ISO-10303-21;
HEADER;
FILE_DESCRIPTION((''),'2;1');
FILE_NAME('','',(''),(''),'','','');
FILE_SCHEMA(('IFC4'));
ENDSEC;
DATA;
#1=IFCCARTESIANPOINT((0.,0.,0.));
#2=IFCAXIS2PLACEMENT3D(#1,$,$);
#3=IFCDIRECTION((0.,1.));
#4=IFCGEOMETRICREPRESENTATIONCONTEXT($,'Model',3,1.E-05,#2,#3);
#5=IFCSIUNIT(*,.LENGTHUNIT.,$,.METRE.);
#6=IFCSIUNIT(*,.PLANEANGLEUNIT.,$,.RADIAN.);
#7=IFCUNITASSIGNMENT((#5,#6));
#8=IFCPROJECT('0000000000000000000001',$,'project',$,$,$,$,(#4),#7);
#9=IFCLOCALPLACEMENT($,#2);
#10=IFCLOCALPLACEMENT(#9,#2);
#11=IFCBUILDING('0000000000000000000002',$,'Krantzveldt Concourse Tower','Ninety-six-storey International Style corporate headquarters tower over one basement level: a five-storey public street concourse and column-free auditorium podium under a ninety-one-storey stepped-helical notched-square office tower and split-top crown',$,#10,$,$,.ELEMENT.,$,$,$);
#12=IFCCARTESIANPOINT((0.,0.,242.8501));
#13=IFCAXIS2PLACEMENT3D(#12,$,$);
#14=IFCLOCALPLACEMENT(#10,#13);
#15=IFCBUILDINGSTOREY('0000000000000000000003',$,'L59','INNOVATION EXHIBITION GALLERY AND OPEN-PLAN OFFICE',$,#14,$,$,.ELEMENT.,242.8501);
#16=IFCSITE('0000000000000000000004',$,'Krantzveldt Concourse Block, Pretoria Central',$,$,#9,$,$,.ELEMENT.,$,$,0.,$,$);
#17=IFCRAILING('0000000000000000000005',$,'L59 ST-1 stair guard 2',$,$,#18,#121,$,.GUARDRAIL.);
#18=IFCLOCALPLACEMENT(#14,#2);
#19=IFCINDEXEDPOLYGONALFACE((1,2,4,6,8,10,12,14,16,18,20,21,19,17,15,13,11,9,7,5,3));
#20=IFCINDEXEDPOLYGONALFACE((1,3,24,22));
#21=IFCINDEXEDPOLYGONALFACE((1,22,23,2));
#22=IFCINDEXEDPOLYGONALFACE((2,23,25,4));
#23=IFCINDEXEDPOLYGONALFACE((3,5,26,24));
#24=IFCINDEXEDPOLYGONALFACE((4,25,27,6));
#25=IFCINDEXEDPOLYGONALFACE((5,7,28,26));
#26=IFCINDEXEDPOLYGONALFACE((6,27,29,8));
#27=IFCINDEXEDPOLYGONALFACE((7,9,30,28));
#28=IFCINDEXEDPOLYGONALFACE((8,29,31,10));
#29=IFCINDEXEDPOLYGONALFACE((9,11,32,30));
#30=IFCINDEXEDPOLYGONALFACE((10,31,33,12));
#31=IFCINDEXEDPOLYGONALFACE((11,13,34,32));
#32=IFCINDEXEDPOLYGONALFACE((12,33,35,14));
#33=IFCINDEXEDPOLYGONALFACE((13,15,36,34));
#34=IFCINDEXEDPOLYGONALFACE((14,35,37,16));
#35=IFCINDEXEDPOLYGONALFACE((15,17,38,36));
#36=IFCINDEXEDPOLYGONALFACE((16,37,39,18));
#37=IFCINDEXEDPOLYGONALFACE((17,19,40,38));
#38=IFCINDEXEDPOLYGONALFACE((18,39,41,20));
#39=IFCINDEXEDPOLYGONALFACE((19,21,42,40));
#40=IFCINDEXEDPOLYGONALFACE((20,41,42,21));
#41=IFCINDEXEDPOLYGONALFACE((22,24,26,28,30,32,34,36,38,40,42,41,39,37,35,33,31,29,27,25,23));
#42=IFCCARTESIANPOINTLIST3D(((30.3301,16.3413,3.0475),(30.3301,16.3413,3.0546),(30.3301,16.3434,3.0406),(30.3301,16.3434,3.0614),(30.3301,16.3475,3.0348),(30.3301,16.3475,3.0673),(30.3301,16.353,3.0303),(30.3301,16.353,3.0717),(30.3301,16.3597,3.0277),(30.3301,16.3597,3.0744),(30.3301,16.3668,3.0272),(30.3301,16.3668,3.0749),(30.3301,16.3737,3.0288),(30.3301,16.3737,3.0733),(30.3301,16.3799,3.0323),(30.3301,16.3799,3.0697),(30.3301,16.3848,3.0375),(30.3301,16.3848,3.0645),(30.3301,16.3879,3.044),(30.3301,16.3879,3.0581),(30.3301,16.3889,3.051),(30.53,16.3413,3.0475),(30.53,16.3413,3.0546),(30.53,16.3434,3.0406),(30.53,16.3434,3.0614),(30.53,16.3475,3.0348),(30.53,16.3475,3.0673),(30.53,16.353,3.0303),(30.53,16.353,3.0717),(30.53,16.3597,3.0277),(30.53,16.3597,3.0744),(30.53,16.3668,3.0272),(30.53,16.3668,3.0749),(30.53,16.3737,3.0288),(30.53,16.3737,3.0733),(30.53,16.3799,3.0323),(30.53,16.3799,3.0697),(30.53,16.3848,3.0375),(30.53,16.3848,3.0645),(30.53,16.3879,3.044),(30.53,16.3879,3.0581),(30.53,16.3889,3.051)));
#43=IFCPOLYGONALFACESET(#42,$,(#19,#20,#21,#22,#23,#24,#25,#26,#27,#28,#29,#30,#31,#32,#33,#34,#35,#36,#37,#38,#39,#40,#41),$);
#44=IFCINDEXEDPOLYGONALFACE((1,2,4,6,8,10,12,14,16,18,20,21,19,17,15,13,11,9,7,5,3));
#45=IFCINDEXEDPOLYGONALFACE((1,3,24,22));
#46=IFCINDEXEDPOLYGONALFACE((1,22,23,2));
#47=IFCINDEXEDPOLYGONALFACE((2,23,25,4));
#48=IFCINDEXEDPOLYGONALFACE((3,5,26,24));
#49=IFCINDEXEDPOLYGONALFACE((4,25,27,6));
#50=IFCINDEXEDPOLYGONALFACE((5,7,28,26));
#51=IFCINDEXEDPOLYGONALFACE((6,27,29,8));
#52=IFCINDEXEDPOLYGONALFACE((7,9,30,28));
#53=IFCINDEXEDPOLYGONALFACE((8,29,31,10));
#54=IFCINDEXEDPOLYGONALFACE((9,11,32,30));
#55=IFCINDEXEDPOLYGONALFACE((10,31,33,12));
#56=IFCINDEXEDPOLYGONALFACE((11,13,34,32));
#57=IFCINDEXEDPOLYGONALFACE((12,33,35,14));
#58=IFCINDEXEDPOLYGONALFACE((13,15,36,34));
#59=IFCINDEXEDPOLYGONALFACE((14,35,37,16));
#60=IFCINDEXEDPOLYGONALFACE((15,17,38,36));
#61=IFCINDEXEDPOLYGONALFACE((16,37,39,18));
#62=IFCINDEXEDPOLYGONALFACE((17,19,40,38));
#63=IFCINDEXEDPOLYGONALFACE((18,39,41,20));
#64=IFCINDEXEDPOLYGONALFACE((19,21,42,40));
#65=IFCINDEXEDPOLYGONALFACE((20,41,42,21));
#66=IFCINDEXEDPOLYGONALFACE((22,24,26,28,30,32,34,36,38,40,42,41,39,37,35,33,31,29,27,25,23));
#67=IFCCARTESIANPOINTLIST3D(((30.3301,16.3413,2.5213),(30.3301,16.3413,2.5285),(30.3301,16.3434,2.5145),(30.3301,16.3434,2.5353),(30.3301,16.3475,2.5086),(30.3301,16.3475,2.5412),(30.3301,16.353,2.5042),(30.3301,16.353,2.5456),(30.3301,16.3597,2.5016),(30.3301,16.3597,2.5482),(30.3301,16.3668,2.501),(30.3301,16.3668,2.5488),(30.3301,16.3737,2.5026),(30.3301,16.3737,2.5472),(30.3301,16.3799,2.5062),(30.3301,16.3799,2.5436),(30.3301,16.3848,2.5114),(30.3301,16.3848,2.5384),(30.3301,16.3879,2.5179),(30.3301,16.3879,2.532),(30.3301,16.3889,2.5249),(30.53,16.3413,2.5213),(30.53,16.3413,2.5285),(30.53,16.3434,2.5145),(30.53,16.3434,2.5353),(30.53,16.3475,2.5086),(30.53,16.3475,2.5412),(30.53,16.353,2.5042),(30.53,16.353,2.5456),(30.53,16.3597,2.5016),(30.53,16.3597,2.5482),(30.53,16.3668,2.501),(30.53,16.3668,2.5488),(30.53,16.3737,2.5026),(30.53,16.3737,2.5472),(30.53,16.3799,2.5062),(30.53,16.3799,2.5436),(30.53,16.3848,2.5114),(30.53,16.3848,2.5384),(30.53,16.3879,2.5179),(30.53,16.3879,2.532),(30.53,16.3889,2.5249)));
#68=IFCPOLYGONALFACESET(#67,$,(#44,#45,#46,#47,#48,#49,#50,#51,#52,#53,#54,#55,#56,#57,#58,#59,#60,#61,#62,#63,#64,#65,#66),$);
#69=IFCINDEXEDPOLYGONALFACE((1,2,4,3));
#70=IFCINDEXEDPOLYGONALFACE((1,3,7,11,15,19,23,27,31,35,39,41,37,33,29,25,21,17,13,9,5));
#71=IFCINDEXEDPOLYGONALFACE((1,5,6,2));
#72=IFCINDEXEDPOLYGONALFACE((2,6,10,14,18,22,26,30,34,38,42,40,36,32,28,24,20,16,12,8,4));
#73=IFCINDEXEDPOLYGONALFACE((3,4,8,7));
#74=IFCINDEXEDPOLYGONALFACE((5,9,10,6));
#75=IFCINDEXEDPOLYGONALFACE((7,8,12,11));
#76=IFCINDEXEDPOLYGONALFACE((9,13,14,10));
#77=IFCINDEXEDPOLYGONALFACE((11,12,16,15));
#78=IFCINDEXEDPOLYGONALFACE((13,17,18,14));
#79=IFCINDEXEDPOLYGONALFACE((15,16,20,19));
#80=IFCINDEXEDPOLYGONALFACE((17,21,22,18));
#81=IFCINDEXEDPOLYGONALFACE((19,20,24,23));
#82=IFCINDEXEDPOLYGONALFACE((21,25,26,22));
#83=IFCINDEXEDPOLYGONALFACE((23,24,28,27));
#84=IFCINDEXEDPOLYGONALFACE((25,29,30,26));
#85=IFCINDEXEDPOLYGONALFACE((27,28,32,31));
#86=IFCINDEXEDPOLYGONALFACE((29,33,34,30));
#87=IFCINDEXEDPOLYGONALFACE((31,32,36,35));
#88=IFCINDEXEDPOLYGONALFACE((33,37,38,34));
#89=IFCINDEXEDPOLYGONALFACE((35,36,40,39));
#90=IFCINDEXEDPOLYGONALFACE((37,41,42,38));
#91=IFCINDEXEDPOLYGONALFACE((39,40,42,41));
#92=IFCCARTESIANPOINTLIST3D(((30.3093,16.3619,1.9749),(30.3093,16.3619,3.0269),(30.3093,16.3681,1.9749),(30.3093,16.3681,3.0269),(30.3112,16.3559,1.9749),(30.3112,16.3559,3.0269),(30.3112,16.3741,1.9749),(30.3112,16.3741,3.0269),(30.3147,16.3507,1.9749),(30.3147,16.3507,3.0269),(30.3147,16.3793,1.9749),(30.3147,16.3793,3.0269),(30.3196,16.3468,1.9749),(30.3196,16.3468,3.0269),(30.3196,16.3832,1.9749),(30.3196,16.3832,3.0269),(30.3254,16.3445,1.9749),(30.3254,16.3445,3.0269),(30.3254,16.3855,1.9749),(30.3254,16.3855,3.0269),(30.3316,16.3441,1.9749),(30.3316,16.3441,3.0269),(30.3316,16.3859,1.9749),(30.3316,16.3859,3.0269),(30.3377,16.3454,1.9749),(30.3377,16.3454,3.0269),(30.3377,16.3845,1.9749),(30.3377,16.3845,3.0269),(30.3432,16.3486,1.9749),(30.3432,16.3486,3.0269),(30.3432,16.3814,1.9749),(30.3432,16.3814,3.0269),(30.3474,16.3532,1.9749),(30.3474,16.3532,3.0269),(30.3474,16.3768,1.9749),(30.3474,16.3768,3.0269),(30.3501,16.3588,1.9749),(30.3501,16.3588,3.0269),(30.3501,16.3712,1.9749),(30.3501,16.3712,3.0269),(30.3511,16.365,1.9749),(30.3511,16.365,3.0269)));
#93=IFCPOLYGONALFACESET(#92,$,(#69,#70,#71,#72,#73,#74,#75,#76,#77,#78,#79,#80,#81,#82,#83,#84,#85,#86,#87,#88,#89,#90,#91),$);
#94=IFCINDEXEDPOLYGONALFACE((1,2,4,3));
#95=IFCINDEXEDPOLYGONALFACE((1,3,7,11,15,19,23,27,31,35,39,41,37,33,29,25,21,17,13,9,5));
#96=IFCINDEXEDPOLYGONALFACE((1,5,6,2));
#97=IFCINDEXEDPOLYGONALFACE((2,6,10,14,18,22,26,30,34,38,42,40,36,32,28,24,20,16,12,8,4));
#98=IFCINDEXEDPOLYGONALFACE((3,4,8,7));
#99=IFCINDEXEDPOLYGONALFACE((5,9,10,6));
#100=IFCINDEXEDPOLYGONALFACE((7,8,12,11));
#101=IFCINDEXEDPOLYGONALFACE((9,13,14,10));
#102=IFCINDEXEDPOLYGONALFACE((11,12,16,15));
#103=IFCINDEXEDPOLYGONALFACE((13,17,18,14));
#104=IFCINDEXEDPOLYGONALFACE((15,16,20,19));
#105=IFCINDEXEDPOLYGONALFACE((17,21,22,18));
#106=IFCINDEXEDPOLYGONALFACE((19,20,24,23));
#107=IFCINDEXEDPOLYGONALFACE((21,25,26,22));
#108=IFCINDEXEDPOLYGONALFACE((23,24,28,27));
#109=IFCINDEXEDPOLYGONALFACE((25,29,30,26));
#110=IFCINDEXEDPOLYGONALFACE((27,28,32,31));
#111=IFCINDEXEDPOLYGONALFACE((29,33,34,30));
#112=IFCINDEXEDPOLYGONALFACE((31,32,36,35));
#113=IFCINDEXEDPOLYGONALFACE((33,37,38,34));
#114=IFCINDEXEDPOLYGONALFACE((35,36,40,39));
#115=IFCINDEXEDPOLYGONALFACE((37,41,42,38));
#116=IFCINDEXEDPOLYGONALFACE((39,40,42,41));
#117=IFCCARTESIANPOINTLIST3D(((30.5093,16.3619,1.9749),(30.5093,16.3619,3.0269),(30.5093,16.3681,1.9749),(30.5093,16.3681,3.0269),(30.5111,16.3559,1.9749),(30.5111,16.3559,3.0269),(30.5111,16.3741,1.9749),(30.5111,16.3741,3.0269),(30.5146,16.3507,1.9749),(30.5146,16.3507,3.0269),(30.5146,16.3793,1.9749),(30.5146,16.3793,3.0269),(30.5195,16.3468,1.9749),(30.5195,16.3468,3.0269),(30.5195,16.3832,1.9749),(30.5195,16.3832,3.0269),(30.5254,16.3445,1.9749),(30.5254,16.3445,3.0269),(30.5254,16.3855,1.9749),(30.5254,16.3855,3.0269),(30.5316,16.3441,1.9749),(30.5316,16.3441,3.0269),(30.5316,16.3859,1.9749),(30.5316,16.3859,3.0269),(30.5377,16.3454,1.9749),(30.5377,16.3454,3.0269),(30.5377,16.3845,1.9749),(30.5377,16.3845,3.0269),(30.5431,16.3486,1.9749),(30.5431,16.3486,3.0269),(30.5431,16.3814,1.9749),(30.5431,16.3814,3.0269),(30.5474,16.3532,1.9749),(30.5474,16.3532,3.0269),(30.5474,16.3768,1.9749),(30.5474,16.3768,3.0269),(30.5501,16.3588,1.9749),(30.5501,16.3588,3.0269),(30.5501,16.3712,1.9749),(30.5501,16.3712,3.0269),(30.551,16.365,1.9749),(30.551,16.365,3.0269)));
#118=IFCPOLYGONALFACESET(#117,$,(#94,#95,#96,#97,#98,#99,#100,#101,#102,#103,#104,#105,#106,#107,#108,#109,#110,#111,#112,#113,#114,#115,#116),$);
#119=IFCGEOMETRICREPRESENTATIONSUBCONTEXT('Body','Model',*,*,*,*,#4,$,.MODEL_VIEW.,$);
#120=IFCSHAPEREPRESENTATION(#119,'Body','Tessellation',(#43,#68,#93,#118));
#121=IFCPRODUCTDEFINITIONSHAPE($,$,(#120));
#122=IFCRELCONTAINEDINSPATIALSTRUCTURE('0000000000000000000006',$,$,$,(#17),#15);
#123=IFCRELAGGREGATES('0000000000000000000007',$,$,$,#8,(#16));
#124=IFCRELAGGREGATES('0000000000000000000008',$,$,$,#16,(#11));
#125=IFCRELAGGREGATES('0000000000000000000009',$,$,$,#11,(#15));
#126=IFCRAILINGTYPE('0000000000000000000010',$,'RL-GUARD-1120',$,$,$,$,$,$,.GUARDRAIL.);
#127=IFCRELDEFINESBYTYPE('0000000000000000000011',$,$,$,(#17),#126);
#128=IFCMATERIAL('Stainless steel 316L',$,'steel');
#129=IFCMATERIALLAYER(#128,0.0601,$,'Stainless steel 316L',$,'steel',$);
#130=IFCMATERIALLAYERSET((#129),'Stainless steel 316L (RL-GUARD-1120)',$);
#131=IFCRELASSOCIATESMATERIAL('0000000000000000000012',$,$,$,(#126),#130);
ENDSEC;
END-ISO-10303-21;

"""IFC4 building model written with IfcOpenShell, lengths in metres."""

from ifc_helpers import new_model, si_unit, direction, frame, origin, origin_2d, place, context, subcontext, project, spatial, circle, extrude, material, layer, layer_set, type_object, element, save


model = new_model("IFC4")

# Units and contexts
model_context = context("Model", 3, precision=1e-05, world=origin(), true_north=direction((0.0, 1.0)))
body_context = subcontext(model_context, "Body", "Model", "MODEL_VIEW")
ifc_project = project(units=[si_unit("LENGTHUNIT", "METRE"), si_unit("PLANEANGLEUNIT", "RADIAN")], contexts=[model_context])

# Site, building, storey
site_placement = place(None, origin())
site = spatial("IfcSite", under=ifc_project, at=site_placement, Name="Krantzveldt Concourse Block, Pretoria Central", CompositionType="ELEMENT", RefElevation=0.0)
building_placement = place(site_placement, origin())
building = spatial("IfcBuilding", under=site, at=building_placement, Name="Krantzveldt Concourse Tower", Description="Ninety-six-storey International Style corporate headquarters tower over one basement level: a five-storey public street concourse and column-free auditorium podium under a ninety-one-storey stepped-helical notched-square office tower and split-top crown", CompositionType="ELEMENT")
storey_placement = place(building_placement, frame((0.0, 0.0, 242.8501)))
storey = spatial("IfcBuildingStorey", under=building, at=storey_placement, Name="L59", Description="INNOVATION EXHIBITION GALLERY AND OPEN-PLAN OFFICE", CompositionType="ELEMENT", Elevation=242.8501)

# Shared definitions
ifc_material_1 = material(Name="Stainless steel 316L", Category="steel")

# Railing
ifc_layer_1 = layer(ifc_material_1, 0.0601, Name="Stainless steel 316L", Category="steel")
ifc_layer_set_1 = layer_set([ifc_layer_1], Name="Stainless steel 316L (RL-GUARD-1120)")
railing_type_1 = type_object("IfcRailingType", Name="RL-GUARD-1120", PredefinedType="GUARDRAIL", material=ifc_layer_set_1)
railing_1_placement = place(storey_placement, frame((30.3301, 16.365, 1.9749)))
element("IfcRailing", 1, at=railing_1_placement, inside=storey, type_object=railing_type_1, Name="L59 ST-1 stair guard 2", PredefinedType="GUARDRAIL", context=body_context, shape_type="SweptSolid", body=[
    extrude(circle(Radius=0.0239, at=origin_2d()), frame((0.0, 0.0, 1.0762), z_axis=(1.0, 0.0, 0.0), x_axis=(0.0, 1.0, 0.0)), (0.0, 0.0, 1.0), 0.2),
    extrude(circle(Radius=0.0239, at=origin_2d()), frame((0.0, 0.0, 0.55), z_axis=(1.0, 0.0, 0.0), x_axis=(0.0, 1.0, 0.0)), (0.0, 0.0, 1.0), 0.2),
    extrude(circle(Radius=0.021, at=origin_2d()), origin(), (0.0, 0.0, 1.0), 1.052),
    extrude(circle(Radius=0.021, at=origin_2d()), frame((0.2, 0.0, 0.0)), (0.0, 0.0, 1.0), 1.052),
])

save(model, "model.ifc")
